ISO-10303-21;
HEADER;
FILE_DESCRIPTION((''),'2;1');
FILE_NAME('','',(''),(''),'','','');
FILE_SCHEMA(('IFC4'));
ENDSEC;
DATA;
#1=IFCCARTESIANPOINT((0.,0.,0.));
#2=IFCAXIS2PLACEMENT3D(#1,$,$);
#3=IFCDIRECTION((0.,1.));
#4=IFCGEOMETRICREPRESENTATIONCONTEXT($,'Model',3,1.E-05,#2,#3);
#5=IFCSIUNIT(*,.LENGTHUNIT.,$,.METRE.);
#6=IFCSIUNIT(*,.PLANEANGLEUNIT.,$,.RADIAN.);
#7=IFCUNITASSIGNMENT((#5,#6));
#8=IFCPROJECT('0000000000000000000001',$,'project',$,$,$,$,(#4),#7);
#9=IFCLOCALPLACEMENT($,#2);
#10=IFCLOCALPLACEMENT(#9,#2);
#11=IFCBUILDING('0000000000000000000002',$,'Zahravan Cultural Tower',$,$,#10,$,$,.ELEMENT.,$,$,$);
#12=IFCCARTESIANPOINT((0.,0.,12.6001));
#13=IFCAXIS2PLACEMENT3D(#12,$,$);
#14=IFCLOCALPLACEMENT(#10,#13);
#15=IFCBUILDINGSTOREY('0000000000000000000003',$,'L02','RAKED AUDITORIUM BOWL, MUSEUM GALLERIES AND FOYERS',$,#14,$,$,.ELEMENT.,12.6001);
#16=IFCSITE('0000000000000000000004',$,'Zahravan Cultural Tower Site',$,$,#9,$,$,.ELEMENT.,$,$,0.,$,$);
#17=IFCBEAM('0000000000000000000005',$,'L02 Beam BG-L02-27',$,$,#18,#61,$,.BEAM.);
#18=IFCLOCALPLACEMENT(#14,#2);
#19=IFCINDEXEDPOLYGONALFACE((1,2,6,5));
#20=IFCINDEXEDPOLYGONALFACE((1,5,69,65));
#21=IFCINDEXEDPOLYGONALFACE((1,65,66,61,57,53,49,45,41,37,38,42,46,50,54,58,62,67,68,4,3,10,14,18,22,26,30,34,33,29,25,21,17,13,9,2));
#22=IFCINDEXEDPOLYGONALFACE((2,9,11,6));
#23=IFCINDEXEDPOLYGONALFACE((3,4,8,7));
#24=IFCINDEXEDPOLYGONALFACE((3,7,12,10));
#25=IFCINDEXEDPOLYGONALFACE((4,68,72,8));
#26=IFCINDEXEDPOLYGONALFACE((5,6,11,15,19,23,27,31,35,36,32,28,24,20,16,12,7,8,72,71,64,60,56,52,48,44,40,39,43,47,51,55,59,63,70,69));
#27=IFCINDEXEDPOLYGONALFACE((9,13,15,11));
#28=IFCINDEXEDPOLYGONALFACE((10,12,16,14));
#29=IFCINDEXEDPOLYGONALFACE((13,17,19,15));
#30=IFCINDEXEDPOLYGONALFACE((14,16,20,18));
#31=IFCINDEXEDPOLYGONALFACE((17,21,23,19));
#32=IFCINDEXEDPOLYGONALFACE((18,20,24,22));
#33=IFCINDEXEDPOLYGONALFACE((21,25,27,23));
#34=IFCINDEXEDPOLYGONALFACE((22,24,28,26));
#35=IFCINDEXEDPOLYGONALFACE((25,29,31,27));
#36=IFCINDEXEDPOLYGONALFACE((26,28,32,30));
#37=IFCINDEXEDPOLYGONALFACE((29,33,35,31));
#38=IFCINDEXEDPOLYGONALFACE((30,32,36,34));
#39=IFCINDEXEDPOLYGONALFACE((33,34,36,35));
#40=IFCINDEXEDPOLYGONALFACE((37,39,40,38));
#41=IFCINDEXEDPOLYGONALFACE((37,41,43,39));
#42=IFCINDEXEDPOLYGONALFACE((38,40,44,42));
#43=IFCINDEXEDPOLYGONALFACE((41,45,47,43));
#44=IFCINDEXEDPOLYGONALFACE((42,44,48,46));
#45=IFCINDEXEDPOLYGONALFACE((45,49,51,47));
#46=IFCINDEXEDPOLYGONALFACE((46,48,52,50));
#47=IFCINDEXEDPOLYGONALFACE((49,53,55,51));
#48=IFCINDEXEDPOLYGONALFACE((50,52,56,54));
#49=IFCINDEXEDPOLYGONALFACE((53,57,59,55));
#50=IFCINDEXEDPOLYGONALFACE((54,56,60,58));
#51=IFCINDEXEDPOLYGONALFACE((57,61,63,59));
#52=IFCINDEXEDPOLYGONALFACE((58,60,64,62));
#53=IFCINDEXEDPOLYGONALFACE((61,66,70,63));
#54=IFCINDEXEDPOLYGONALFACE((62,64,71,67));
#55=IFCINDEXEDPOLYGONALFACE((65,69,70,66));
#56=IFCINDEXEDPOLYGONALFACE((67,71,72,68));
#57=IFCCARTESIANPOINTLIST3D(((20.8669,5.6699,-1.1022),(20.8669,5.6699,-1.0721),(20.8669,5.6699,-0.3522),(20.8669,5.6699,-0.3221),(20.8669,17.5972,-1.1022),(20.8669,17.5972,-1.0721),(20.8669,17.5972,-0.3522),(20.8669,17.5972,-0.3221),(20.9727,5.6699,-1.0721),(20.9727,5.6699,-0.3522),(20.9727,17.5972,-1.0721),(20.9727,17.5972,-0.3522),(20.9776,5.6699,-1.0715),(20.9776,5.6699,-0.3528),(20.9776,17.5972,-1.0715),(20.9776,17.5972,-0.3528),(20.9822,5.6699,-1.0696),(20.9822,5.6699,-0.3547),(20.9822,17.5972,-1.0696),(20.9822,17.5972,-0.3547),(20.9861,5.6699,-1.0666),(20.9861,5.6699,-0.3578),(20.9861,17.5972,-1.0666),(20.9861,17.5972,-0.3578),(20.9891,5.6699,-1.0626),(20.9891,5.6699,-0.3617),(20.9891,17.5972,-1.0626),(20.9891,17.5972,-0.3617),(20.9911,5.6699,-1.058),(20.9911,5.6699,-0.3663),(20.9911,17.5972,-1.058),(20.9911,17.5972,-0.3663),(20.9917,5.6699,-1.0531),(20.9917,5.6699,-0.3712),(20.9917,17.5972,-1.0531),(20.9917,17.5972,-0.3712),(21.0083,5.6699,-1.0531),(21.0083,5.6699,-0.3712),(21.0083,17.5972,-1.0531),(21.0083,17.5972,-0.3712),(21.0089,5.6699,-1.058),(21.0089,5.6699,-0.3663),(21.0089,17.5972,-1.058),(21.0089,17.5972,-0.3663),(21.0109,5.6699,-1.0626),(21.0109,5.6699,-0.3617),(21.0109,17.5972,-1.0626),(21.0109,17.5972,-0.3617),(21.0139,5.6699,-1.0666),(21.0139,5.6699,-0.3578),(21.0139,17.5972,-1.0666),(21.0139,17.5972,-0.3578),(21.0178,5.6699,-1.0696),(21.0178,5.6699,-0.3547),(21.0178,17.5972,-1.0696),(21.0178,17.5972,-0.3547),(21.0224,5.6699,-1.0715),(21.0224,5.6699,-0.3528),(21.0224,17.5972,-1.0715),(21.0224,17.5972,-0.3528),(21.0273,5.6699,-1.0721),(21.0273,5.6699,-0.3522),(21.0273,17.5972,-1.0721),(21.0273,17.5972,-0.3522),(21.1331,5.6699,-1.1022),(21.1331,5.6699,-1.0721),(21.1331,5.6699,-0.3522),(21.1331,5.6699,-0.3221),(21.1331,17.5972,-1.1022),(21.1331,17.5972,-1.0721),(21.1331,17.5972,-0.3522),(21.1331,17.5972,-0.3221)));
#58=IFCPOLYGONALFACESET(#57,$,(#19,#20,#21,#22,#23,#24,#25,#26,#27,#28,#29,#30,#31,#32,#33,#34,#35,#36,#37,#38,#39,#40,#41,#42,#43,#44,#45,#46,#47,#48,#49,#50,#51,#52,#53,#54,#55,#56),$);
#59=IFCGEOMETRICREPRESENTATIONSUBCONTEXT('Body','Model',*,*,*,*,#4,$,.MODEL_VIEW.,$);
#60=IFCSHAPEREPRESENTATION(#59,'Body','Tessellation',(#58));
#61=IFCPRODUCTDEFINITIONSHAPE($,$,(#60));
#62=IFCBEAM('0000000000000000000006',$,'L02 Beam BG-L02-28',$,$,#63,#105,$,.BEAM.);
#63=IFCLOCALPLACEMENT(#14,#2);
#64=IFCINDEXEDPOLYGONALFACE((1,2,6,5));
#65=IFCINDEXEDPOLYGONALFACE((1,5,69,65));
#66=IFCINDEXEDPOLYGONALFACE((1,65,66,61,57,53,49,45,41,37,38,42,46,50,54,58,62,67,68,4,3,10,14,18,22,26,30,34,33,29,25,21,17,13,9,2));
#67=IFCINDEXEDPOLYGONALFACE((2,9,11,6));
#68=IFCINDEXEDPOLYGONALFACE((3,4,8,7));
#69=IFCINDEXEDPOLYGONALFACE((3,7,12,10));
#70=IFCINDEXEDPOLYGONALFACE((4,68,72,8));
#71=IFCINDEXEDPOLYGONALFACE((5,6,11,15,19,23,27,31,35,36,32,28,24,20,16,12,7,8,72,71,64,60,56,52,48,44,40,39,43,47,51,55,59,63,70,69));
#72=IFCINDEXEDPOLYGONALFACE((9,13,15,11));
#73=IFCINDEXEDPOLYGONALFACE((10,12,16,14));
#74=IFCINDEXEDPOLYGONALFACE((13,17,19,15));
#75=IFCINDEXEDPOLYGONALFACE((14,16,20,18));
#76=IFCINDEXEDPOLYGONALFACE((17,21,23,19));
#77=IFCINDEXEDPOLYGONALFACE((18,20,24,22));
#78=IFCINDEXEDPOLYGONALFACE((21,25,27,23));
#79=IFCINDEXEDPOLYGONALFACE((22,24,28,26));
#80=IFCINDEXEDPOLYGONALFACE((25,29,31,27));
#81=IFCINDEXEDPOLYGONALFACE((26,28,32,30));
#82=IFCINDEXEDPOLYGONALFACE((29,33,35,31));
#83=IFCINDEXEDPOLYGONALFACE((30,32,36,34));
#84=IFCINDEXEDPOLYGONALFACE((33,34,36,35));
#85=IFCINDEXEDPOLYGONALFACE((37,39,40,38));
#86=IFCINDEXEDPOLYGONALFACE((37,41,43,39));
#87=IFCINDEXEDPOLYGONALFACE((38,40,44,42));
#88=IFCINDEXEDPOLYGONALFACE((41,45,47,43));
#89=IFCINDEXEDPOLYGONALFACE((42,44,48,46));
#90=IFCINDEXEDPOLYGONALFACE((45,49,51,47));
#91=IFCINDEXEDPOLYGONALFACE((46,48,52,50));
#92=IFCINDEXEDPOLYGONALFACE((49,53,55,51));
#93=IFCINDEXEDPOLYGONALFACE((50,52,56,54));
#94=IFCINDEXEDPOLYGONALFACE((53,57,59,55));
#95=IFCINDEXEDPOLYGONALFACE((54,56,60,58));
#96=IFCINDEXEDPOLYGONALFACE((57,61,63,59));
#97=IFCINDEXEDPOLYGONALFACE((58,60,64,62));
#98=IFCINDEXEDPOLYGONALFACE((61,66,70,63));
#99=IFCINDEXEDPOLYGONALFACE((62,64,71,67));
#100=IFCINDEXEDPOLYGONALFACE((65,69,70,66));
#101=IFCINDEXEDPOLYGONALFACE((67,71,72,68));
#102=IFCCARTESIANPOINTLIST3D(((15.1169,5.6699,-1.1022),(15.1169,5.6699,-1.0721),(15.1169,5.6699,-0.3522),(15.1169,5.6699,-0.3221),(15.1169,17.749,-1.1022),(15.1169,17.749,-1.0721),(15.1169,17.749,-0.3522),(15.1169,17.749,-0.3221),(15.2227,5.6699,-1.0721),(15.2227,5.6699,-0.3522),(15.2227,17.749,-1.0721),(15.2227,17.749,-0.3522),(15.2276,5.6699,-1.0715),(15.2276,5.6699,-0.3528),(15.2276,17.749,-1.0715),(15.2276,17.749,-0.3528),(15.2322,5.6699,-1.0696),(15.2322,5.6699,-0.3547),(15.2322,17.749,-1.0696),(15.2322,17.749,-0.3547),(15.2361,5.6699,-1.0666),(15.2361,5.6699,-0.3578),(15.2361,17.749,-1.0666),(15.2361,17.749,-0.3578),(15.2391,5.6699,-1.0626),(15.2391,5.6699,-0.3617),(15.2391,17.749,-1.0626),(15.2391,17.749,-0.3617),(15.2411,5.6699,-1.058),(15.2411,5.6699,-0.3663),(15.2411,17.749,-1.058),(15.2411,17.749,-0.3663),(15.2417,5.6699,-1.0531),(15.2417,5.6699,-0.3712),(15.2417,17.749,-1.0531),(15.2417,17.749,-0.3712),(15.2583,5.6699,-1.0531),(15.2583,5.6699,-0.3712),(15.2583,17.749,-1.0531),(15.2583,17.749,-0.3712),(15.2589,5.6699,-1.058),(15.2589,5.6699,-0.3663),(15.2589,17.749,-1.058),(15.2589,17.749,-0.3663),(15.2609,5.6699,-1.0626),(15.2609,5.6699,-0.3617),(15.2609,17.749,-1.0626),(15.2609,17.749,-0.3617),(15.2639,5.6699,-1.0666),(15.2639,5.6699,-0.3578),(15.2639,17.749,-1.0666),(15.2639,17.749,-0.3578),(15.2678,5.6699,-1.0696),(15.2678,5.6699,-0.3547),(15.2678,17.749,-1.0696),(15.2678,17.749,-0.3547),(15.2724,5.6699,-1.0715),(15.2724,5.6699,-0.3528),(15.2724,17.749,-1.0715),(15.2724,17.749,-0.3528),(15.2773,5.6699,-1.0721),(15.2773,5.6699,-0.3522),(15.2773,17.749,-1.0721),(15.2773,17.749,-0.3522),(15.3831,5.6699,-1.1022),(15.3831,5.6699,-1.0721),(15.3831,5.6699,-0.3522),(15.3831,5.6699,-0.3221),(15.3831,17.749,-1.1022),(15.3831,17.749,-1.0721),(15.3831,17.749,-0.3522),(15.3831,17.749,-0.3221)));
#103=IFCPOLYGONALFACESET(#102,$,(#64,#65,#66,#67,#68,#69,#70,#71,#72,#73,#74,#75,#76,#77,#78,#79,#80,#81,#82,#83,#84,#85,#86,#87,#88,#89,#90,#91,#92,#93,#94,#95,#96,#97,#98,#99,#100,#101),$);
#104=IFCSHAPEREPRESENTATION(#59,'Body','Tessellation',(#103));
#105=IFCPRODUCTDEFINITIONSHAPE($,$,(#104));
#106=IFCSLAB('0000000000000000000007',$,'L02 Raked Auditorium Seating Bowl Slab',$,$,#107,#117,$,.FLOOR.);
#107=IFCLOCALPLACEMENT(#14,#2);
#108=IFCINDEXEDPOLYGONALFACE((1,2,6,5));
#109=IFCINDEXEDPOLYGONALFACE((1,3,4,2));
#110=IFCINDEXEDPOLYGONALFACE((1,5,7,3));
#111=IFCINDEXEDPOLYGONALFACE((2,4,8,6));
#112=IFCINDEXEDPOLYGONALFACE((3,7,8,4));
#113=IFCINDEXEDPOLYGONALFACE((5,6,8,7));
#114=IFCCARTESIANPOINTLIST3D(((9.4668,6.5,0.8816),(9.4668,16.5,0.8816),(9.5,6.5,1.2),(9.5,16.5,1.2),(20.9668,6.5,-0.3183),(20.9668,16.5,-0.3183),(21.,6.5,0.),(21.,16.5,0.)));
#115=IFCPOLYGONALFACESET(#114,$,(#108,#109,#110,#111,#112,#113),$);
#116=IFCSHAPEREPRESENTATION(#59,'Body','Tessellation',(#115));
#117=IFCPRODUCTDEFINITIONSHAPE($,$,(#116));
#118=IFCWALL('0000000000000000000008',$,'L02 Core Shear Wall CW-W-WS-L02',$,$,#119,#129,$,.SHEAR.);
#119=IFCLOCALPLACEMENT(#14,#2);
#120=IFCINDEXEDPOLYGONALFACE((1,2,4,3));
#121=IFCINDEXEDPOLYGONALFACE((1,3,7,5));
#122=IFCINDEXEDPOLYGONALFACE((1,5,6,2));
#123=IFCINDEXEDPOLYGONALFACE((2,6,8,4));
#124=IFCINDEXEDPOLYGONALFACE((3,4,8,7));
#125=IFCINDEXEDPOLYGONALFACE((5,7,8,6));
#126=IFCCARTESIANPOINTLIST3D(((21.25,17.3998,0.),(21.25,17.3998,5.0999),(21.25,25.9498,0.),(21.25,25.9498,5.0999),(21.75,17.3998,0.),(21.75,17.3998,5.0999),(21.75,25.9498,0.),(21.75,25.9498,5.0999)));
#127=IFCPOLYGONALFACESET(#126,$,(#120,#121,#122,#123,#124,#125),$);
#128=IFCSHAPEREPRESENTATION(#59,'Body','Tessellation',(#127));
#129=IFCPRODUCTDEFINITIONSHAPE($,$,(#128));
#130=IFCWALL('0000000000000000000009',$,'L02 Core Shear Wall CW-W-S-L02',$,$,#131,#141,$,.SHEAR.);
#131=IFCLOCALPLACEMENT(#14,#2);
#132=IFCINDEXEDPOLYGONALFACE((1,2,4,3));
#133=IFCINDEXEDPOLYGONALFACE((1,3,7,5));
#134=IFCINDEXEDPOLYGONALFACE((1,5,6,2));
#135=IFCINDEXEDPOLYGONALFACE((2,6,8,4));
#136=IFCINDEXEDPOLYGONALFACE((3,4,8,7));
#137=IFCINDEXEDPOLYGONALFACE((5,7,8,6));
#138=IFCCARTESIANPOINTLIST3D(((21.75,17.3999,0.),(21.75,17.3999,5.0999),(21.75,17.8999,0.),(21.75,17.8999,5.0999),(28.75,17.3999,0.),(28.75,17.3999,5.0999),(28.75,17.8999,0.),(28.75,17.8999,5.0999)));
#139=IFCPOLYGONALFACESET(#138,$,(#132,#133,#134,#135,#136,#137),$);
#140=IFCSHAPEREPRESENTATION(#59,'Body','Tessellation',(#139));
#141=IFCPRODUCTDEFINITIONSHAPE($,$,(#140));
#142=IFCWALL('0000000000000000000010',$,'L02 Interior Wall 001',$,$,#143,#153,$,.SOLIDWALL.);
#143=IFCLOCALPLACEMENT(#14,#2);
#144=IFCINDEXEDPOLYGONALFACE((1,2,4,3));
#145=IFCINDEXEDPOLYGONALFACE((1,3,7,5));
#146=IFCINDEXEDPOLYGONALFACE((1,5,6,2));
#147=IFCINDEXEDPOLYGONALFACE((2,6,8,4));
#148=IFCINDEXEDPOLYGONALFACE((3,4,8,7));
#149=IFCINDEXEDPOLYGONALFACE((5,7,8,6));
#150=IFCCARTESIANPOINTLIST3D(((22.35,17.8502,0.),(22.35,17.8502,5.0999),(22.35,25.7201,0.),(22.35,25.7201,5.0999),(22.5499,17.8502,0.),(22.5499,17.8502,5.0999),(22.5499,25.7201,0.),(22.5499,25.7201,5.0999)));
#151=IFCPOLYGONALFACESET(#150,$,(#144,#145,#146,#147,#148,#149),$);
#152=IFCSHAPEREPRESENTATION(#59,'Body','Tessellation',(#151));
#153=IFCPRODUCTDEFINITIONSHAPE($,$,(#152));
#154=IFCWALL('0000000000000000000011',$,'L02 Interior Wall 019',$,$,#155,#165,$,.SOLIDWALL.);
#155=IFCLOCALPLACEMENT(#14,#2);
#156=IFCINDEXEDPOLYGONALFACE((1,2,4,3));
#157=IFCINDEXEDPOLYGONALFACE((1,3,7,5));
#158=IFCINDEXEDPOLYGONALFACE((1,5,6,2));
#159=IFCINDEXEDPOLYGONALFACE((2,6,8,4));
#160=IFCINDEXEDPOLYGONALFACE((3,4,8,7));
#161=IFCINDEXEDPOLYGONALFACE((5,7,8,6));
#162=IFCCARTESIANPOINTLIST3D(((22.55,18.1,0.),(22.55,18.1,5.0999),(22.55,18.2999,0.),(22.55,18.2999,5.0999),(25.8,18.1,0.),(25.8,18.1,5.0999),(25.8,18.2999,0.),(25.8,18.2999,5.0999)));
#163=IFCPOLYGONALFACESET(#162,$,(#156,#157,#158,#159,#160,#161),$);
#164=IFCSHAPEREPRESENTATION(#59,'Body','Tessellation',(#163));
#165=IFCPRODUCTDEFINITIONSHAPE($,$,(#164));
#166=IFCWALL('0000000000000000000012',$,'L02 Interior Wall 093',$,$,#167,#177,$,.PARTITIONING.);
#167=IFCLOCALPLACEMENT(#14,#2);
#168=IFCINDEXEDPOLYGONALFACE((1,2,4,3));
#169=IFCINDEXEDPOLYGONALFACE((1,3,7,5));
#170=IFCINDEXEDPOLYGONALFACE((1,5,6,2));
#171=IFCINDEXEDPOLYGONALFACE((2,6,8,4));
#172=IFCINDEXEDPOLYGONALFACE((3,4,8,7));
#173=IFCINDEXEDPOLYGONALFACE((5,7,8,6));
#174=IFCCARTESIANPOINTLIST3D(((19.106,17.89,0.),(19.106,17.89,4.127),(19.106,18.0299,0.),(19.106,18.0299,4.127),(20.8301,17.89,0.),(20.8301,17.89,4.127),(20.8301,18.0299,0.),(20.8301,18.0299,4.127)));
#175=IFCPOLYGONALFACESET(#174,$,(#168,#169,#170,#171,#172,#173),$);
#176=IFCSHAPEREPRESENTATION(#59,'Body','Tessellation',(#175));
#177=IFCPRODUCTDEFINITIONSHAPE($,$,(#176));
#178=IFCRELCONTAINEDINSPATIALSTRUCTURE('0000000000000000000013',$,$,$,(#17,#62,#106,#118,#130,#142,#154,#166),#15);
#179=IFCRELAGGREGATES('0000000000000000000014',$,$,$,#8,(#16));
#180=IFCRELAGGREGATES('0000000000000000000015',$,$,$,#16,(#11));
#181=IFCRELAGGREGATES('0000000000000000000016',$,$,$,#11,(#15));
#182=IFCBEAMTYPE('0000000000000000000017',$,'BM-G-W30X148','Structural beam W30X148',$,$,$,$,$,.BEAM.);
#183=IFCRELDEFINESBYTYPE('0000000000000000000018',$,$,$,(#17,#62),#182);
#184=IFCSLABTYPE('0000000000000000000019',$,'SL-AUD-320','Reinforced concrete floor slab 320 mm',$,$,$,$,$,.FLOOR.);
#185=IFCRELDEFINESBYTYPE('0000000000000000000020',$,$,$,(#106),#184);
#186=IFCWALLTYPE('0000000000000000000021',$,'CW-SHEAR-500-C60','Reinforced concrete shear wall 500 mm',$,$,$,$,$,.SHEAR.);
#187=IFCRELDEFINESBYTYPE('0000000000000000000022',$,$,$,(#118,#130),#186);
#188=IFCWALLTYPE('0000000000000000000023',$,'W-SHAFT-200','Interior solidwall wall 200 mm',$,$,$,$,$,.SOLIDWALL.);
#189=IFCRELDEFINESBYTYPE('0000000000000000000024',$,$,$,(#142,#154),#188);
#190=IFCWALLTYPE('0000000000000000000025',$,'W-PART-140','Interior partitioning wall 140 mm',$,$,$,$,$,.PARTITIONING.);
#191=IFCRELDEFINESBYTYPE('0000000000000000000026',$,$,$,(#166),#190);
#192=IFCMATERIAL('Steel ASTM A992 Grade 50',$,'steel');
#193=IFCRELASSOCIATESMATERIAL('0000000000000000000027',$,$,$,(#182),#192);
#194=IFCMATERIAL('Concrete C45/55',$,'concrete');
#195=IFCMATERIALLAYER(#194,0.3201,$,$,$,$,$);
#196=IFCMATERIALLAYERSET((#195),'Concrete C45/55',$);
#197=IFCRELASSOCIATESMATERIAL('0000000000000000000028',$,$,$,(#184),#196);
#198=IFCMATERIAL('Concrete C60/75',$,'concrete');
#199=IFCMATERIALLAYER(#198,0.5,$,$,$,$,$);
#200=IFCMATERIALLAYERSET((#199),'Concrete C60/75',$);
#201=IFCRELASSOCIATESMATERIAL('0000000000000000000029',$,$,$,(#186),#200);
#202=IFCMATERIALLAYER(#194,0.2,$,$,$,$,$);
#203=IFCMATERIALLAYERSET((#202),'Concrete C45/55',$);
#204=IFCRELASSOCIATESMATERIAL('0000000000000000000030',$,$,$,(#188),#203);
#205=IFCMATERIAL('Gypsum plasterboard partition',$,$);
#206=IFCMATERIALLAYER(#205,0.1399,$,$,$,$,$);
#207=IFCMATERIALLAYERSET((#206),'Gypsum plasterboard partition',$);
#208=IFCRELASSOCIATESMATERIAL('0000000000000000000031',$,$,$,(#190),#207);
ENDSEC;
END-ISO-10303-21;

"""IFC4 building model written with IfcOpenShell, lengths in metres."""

from ifc_helpers import new_model, si_unit, direction, frame, frame_2d, origin, origin_2d, place, context, subcontext, project, spatial, polyline, rectangle, i_section, outline, extrude, source, transform, mapped, material, layer, layer_set, material_profile, profile_set, type_object, element, save


model = new_model("IFC4")

# Units and contexts
model_context = context("Model", 3, precision=1e-05, world=origin(), true_north=direction((0.0, 1.0)))
body_context = subcontext(model_context, "Body", "Model", "MODEL_VIEW")
ifc_project = project(units=[si_unit("LENGTHUNIT", "METRE"), si_unit("PLANEANGLEUNIT", "RADIAN")], contexts=[model_context])

# Site, building, storey
site_placement = place(None, origin())
site = spatial("IfcSite", under=ifc_project, at=site_placement, Name="Zahravan Cultural Tower Site", CompositionType="ELEMENT", RefElevation=0.0)
building_placement = place(site_placement, origin())
building = spatial("IfcBuilding", under=site, at=building_placement, Name="Zahravan Cultural Tower", CompositionType="ELEMENT")
storey_placement = place(building_placement, frame((0.0, 0.0, 12.6001)))
storey = spatial("IfcBuildingStorey", under=building, at=storey_placement, Name="L02", Description="RAKED AUDITORIUM BOWL, MUSEUM GALLERIES AND FOYERS", CompositionType="ELEMENT", Elevation=12.6001)

# Shared definitions
ifc_material_1 = material(Name="Concrete C60/75", Category="concrete")
ifc_material_2 = material(Name="Concrete C45/55", Category="concrete")

# Beams
ifc_material_3 = material(Name="Steel ASTM A992 Grade 50", Category="steel")
ifc_material_profile_1 = material_profile(ifc_material_3, i_section(OverallWidth=0.2661, OverallDepth=0.78, WebThickness=0.0166, FlangeThickness=0.03, FilletRadius=0.019, at=origin_2d()), Name="W30X148")
ifc_profile_set_1 = profile_set([ifc_material_profile_1], Name="Steel ASTM A992 Grade 50")
beam_type_1 = type_object("IfcBeamType", Name="BM-G-W30X148", Description="Structural beam W30X148", PredefinedType="BEAM", material=ifc_profile_set_1)
shared_shape_1 = source(origin(), body_context, "Body", "SweptSolid", [
    extrude(i_section(OverallWidth=0.2661, OverallDepth=0.78, WebThickness=0.0166, FlangeThickness=0.03, FilletRadius=0.019, at=origin_2d()), origin(), (0.0, 0.0, 1.0), 11.9272),
])
beam_1_placement = place(storey_placement, frame((21.0, 5.6699, -0.7122), z_axis=(0.0, 1.0, 0.0), x_axis=(-1.0, 0.0, 0.0)))
element("IfcBeam", 1, at=beam_1_placement, inside=storey, type_object=beam_type_1, Name="L02 Beam BG-L02-27", PredefinedType="BEAM", context=body_context, shape_type="MappedRepresentation", body=[
    mapped(shared_shape_1, transform((0.0, 0.0, 0.0), x_axis=(1.0, 0.0, 0.0), y_axis=(0.0, 1.0, 0.0), z_axis=(0.0, 0.0, 1.0), scale=1.0)),
])
shared_shape_2 = source(origin(), body_context, "Body", "SweptSolid", [
    extrude(i_section(OverallWidth=0.2661, OverallDepth=0.78, WebThickness=0.0166, FlangeThickness=0.03, FilletRadius=0.019, at=origin_2d()), origin(), (0.0, 0.0, 1.0), 12.0791),
])
beam_2_placement = place(storey_placement, frame((15.25, 5.6699, -0.7122), z_axis=(0.0, 1.0, 0.0), x_axis=(-1.0, 0.0, 0.0)))
element("IfcBeam", 2, at=beam_2_placement, inside=storey, type_object=beam_type_1, Name="L02 Beam BG-L02-28", PredefinedType="BEAM", context=body_context, shape_type="MappedRepresentation", body=[
    mapped(shared_shape_2, transform((0.0, 0.0, 0.0), x_axis=(1.0, 0.0, 0.0), y_axis=(0.0, 1.0, 0.0), z_axis=(0.0, 0.0, 1.0), scale=1.0)),
])

# Slab
ifc_layer_1 = layer(ifc_material_2, 0.3201)
ifc_layer_set_1 = layer_set([ifc_layer_1], Name="Concrete C45/55")
slab_type = type_object("IfcSlabType", Name="SL-AUD-320", Description="Reinforced concrete floor slab 320 mm", PredefinedType="FLOOR", material=ifc_layer_set_1)
slab_placement = place(storey_placement, frame((21.0, 6.5, 0.0), z_axis=(0.10378, 0.0, 0.9946), x_axis=(0.0, 1.0, 0.0)))
element("IfcSlab", 3, at=slab_placement, inside=storey, type_object=slab_type, Name="L02 Raked Auditorium Seating Bowl Slab", PredefinedType="FLOOR", context=body_context, shape_type="SweptSolid", body=[
    extrude(outline(polyline([(0.0, 0.0), (10.0, 0.0), (10.0, 11.5624), (0.0, 11.5624), (0.0, 0.0)])), origin(), (0.0, 0.0, -1.0), 0.3201),
])

# Walls
ifc_layer_2 = layer(ifc_material_1, 0.5)
ifc_layer_set_2 = layer_set([ifc_layer_2], Name="Concrete C60/75")
wall_type_1 = type_object("IfcWallType", Name="CW-SHEAR-500-C60", Description="Reinforced concrete shear wall 500 mm", PredefinedType="SHEAR", material=ifc_layer_set_2)
shared_shape_3 = source(origin(), body_context, "Body", "SweptSolid", [
    extrude(rectangle(XDim=8.55, YDim=0.5, at=frame_2d((4.2749, 0.0))), origin(), (0.0, 0.0, 1.0), 5.0999),
])
wall_1_placement = place(storey_placement, frame((21.5, 17.3999, 0.0), z_axis=(0.0, 0.0, 1.0), x_axis=(0.0, 1.0, 0.0)))
element("IfcWall", 4, at=wall_1_placement, inside=storey, type_object=wall_type_1, Name="L02 Core Shear Wall CW-W-WS-L02", PredefinedType="SHEAR", context=body_context, shape_type="MappedRepresentation", body=[
    mapped(shared_shape_3, transform((0.0, 0.0, 0.0), x_axis=(1.0, 0.0, 0.0), y_axis=(0.0, 1.0, 0.0), z_axis=(0.0, 0.0, 1.0), scale=1.0)),
])
shared_shape_4 = source(origin(), body_context, "Body", "SweptSolid", [
    extrude(rectangle(XDim=7.0, YDim=0.5, at=frame_2d((3.5, 0.0))), origin(), (0.0, 0.0, 1.0), 5.0999),
])
wall_2_placement = place(storey_placement, frame((21.75, 17.6499, 0.0), z_axis=(0.0, 0.0, 1.0), x_axis=(1.0, 0.0, 0.0)))
element("IfcWall", 5, at=wall_2_placement, inside=storey, type_object=wall_type_1, Name="L02 Core Shear Wall CW-W-S-L02", PredefinedType="SHEAR", context=body_context, shape_type="MappedRepresentation", body=[
    mapped(shared_shape_4, transform((0.0, 0.0, 0.0), x_axis=(1.0, 0.0, 0.0), y_axis=(0.0, 1.0, 0.0), z_axis=(0.0, 0.0, 1.0), scale=1.0)),
])
ifc_layer_3 = layer(ifc_material_2, 0.2)
ifc_layer_set_3 = layer_set([ifc_layer_3], Name="Concrete C45/55")
wall_type_2 = type_object("IfcWallType", Name="W-SHAFT-200", Description="Interior solidwall wall 200 mm", PredefinedType="SOLIDWALL", material=ifc_layer_set_3)
shared_shape_5 = source(origin(), body_context, "Body", "SweptSolid", [
    extrude(rectangle(XDim=7.8699, YDim=0.2, at=frame_2d((3.9351, 0.0))), origin(), (0.0, 0.0, 1.0), 5.0999),
])
wall_3_placement = place(storey_placement, frame((22.45, 17.8501, 0.0), z_axis=(0.0, 0.0, 1.0), x_axis=(0.0, 1.0, 0.0)))
element("IfcWall", 6, at=wall_3_placement, inside=storey, type_object=wall_type_2, Name="L02 Interior Wall 001", PredefinedType="SOLIDWALL", context=body_context, shape_type="MappedRepresentation", body=[
    mapped(shared_shape_5, transform((0.0, 0.0, 0.0), x_axis=(1.0, 0.0, 0.0), y_axis=(0.0, 1.0, 0.0), z_axis=(0.0, 0.0, 1.0), scale=1.0)),
])
shared_shape_6 = source(origin(), body_context, "Body", "SweptSolid", [
    extrude(rectangle(XDim=3.25, YDim=0.2, at=frame_2d((1.625, 0.0))), origin(), (0.0, 0.0, 1.0), 5.0999),
])
wall_4_placement = place(storey_placement, frame((22.55, 18.2, 0.0), z_axis=(0.0, 0.0, 1.0), x_axis=(1.0, 0.0, 0.0)))
element("IfcWall", 7, at=wall_4_placement, inside=storey, type_object=wall_type_2, Name="L02 Interior Wall 019", PredefinedType="SOLIDWALL", context=body_context, shape_type="MappedRepresentation", body=[
    mapped(shared_shape_6, transform((0.0, 0.0, 0.0), x_axis=(1.0, 0.0, 0.0), y_axis=(0.0, 1.0, 0.0), z_axis=(0.0, 0.0, 1.0), scale=1.0)),
])
ifc_material_4 = material(Name="Gypsum plasterboard partition")
ifc_layer_4 = layer(ifc_material_4, 0.1399)
ifc_layer_set_4 = layer_set([ifc_layer_4], Name="Gypsum plasterboard partition")
wall_type_3 = type_object("IfcWallType", Name="W-PART-140", Description="Interior partitioning wall 140 mm", PredefinedType="PARTITIONING", material=ifc_layer_set_4)
shared_shape_7 = source(origin(), body_context, "Body", "SweptSolid", [
    extrude(rectangle(XDim=1.7241, YDim=0.1399, at=frame_2d((0.8621, 0.0))), origin(), (0.0, 0.0, 1.0), 4.127),
])
wall_5_placement = place(storey_placement, frame((19.106, 17.96, 0.0), z_axis=(0.0, 0.0, 1.0), x_axis=(1.0, 0.0, 0.0)))
element("IfcWall", 8, at=wall_5_placement, inside=storey, type_object=wall_type_3, Name="L02 Interior Wall 093", PredefinedType="PARTITIONING", context=body_context, shape_type="MappedRepresentation", body=[
    mapped(shared_shape_7, transform((0.0, 0.0, 0.0), x_axis=(1.0, 0.0, 0.0), y_axis=(0.0, 1.0, 0.0), z_axis=(0.0, 0.0, 1.0), scale=1.0)),
])

save(model, "model.ifc")
